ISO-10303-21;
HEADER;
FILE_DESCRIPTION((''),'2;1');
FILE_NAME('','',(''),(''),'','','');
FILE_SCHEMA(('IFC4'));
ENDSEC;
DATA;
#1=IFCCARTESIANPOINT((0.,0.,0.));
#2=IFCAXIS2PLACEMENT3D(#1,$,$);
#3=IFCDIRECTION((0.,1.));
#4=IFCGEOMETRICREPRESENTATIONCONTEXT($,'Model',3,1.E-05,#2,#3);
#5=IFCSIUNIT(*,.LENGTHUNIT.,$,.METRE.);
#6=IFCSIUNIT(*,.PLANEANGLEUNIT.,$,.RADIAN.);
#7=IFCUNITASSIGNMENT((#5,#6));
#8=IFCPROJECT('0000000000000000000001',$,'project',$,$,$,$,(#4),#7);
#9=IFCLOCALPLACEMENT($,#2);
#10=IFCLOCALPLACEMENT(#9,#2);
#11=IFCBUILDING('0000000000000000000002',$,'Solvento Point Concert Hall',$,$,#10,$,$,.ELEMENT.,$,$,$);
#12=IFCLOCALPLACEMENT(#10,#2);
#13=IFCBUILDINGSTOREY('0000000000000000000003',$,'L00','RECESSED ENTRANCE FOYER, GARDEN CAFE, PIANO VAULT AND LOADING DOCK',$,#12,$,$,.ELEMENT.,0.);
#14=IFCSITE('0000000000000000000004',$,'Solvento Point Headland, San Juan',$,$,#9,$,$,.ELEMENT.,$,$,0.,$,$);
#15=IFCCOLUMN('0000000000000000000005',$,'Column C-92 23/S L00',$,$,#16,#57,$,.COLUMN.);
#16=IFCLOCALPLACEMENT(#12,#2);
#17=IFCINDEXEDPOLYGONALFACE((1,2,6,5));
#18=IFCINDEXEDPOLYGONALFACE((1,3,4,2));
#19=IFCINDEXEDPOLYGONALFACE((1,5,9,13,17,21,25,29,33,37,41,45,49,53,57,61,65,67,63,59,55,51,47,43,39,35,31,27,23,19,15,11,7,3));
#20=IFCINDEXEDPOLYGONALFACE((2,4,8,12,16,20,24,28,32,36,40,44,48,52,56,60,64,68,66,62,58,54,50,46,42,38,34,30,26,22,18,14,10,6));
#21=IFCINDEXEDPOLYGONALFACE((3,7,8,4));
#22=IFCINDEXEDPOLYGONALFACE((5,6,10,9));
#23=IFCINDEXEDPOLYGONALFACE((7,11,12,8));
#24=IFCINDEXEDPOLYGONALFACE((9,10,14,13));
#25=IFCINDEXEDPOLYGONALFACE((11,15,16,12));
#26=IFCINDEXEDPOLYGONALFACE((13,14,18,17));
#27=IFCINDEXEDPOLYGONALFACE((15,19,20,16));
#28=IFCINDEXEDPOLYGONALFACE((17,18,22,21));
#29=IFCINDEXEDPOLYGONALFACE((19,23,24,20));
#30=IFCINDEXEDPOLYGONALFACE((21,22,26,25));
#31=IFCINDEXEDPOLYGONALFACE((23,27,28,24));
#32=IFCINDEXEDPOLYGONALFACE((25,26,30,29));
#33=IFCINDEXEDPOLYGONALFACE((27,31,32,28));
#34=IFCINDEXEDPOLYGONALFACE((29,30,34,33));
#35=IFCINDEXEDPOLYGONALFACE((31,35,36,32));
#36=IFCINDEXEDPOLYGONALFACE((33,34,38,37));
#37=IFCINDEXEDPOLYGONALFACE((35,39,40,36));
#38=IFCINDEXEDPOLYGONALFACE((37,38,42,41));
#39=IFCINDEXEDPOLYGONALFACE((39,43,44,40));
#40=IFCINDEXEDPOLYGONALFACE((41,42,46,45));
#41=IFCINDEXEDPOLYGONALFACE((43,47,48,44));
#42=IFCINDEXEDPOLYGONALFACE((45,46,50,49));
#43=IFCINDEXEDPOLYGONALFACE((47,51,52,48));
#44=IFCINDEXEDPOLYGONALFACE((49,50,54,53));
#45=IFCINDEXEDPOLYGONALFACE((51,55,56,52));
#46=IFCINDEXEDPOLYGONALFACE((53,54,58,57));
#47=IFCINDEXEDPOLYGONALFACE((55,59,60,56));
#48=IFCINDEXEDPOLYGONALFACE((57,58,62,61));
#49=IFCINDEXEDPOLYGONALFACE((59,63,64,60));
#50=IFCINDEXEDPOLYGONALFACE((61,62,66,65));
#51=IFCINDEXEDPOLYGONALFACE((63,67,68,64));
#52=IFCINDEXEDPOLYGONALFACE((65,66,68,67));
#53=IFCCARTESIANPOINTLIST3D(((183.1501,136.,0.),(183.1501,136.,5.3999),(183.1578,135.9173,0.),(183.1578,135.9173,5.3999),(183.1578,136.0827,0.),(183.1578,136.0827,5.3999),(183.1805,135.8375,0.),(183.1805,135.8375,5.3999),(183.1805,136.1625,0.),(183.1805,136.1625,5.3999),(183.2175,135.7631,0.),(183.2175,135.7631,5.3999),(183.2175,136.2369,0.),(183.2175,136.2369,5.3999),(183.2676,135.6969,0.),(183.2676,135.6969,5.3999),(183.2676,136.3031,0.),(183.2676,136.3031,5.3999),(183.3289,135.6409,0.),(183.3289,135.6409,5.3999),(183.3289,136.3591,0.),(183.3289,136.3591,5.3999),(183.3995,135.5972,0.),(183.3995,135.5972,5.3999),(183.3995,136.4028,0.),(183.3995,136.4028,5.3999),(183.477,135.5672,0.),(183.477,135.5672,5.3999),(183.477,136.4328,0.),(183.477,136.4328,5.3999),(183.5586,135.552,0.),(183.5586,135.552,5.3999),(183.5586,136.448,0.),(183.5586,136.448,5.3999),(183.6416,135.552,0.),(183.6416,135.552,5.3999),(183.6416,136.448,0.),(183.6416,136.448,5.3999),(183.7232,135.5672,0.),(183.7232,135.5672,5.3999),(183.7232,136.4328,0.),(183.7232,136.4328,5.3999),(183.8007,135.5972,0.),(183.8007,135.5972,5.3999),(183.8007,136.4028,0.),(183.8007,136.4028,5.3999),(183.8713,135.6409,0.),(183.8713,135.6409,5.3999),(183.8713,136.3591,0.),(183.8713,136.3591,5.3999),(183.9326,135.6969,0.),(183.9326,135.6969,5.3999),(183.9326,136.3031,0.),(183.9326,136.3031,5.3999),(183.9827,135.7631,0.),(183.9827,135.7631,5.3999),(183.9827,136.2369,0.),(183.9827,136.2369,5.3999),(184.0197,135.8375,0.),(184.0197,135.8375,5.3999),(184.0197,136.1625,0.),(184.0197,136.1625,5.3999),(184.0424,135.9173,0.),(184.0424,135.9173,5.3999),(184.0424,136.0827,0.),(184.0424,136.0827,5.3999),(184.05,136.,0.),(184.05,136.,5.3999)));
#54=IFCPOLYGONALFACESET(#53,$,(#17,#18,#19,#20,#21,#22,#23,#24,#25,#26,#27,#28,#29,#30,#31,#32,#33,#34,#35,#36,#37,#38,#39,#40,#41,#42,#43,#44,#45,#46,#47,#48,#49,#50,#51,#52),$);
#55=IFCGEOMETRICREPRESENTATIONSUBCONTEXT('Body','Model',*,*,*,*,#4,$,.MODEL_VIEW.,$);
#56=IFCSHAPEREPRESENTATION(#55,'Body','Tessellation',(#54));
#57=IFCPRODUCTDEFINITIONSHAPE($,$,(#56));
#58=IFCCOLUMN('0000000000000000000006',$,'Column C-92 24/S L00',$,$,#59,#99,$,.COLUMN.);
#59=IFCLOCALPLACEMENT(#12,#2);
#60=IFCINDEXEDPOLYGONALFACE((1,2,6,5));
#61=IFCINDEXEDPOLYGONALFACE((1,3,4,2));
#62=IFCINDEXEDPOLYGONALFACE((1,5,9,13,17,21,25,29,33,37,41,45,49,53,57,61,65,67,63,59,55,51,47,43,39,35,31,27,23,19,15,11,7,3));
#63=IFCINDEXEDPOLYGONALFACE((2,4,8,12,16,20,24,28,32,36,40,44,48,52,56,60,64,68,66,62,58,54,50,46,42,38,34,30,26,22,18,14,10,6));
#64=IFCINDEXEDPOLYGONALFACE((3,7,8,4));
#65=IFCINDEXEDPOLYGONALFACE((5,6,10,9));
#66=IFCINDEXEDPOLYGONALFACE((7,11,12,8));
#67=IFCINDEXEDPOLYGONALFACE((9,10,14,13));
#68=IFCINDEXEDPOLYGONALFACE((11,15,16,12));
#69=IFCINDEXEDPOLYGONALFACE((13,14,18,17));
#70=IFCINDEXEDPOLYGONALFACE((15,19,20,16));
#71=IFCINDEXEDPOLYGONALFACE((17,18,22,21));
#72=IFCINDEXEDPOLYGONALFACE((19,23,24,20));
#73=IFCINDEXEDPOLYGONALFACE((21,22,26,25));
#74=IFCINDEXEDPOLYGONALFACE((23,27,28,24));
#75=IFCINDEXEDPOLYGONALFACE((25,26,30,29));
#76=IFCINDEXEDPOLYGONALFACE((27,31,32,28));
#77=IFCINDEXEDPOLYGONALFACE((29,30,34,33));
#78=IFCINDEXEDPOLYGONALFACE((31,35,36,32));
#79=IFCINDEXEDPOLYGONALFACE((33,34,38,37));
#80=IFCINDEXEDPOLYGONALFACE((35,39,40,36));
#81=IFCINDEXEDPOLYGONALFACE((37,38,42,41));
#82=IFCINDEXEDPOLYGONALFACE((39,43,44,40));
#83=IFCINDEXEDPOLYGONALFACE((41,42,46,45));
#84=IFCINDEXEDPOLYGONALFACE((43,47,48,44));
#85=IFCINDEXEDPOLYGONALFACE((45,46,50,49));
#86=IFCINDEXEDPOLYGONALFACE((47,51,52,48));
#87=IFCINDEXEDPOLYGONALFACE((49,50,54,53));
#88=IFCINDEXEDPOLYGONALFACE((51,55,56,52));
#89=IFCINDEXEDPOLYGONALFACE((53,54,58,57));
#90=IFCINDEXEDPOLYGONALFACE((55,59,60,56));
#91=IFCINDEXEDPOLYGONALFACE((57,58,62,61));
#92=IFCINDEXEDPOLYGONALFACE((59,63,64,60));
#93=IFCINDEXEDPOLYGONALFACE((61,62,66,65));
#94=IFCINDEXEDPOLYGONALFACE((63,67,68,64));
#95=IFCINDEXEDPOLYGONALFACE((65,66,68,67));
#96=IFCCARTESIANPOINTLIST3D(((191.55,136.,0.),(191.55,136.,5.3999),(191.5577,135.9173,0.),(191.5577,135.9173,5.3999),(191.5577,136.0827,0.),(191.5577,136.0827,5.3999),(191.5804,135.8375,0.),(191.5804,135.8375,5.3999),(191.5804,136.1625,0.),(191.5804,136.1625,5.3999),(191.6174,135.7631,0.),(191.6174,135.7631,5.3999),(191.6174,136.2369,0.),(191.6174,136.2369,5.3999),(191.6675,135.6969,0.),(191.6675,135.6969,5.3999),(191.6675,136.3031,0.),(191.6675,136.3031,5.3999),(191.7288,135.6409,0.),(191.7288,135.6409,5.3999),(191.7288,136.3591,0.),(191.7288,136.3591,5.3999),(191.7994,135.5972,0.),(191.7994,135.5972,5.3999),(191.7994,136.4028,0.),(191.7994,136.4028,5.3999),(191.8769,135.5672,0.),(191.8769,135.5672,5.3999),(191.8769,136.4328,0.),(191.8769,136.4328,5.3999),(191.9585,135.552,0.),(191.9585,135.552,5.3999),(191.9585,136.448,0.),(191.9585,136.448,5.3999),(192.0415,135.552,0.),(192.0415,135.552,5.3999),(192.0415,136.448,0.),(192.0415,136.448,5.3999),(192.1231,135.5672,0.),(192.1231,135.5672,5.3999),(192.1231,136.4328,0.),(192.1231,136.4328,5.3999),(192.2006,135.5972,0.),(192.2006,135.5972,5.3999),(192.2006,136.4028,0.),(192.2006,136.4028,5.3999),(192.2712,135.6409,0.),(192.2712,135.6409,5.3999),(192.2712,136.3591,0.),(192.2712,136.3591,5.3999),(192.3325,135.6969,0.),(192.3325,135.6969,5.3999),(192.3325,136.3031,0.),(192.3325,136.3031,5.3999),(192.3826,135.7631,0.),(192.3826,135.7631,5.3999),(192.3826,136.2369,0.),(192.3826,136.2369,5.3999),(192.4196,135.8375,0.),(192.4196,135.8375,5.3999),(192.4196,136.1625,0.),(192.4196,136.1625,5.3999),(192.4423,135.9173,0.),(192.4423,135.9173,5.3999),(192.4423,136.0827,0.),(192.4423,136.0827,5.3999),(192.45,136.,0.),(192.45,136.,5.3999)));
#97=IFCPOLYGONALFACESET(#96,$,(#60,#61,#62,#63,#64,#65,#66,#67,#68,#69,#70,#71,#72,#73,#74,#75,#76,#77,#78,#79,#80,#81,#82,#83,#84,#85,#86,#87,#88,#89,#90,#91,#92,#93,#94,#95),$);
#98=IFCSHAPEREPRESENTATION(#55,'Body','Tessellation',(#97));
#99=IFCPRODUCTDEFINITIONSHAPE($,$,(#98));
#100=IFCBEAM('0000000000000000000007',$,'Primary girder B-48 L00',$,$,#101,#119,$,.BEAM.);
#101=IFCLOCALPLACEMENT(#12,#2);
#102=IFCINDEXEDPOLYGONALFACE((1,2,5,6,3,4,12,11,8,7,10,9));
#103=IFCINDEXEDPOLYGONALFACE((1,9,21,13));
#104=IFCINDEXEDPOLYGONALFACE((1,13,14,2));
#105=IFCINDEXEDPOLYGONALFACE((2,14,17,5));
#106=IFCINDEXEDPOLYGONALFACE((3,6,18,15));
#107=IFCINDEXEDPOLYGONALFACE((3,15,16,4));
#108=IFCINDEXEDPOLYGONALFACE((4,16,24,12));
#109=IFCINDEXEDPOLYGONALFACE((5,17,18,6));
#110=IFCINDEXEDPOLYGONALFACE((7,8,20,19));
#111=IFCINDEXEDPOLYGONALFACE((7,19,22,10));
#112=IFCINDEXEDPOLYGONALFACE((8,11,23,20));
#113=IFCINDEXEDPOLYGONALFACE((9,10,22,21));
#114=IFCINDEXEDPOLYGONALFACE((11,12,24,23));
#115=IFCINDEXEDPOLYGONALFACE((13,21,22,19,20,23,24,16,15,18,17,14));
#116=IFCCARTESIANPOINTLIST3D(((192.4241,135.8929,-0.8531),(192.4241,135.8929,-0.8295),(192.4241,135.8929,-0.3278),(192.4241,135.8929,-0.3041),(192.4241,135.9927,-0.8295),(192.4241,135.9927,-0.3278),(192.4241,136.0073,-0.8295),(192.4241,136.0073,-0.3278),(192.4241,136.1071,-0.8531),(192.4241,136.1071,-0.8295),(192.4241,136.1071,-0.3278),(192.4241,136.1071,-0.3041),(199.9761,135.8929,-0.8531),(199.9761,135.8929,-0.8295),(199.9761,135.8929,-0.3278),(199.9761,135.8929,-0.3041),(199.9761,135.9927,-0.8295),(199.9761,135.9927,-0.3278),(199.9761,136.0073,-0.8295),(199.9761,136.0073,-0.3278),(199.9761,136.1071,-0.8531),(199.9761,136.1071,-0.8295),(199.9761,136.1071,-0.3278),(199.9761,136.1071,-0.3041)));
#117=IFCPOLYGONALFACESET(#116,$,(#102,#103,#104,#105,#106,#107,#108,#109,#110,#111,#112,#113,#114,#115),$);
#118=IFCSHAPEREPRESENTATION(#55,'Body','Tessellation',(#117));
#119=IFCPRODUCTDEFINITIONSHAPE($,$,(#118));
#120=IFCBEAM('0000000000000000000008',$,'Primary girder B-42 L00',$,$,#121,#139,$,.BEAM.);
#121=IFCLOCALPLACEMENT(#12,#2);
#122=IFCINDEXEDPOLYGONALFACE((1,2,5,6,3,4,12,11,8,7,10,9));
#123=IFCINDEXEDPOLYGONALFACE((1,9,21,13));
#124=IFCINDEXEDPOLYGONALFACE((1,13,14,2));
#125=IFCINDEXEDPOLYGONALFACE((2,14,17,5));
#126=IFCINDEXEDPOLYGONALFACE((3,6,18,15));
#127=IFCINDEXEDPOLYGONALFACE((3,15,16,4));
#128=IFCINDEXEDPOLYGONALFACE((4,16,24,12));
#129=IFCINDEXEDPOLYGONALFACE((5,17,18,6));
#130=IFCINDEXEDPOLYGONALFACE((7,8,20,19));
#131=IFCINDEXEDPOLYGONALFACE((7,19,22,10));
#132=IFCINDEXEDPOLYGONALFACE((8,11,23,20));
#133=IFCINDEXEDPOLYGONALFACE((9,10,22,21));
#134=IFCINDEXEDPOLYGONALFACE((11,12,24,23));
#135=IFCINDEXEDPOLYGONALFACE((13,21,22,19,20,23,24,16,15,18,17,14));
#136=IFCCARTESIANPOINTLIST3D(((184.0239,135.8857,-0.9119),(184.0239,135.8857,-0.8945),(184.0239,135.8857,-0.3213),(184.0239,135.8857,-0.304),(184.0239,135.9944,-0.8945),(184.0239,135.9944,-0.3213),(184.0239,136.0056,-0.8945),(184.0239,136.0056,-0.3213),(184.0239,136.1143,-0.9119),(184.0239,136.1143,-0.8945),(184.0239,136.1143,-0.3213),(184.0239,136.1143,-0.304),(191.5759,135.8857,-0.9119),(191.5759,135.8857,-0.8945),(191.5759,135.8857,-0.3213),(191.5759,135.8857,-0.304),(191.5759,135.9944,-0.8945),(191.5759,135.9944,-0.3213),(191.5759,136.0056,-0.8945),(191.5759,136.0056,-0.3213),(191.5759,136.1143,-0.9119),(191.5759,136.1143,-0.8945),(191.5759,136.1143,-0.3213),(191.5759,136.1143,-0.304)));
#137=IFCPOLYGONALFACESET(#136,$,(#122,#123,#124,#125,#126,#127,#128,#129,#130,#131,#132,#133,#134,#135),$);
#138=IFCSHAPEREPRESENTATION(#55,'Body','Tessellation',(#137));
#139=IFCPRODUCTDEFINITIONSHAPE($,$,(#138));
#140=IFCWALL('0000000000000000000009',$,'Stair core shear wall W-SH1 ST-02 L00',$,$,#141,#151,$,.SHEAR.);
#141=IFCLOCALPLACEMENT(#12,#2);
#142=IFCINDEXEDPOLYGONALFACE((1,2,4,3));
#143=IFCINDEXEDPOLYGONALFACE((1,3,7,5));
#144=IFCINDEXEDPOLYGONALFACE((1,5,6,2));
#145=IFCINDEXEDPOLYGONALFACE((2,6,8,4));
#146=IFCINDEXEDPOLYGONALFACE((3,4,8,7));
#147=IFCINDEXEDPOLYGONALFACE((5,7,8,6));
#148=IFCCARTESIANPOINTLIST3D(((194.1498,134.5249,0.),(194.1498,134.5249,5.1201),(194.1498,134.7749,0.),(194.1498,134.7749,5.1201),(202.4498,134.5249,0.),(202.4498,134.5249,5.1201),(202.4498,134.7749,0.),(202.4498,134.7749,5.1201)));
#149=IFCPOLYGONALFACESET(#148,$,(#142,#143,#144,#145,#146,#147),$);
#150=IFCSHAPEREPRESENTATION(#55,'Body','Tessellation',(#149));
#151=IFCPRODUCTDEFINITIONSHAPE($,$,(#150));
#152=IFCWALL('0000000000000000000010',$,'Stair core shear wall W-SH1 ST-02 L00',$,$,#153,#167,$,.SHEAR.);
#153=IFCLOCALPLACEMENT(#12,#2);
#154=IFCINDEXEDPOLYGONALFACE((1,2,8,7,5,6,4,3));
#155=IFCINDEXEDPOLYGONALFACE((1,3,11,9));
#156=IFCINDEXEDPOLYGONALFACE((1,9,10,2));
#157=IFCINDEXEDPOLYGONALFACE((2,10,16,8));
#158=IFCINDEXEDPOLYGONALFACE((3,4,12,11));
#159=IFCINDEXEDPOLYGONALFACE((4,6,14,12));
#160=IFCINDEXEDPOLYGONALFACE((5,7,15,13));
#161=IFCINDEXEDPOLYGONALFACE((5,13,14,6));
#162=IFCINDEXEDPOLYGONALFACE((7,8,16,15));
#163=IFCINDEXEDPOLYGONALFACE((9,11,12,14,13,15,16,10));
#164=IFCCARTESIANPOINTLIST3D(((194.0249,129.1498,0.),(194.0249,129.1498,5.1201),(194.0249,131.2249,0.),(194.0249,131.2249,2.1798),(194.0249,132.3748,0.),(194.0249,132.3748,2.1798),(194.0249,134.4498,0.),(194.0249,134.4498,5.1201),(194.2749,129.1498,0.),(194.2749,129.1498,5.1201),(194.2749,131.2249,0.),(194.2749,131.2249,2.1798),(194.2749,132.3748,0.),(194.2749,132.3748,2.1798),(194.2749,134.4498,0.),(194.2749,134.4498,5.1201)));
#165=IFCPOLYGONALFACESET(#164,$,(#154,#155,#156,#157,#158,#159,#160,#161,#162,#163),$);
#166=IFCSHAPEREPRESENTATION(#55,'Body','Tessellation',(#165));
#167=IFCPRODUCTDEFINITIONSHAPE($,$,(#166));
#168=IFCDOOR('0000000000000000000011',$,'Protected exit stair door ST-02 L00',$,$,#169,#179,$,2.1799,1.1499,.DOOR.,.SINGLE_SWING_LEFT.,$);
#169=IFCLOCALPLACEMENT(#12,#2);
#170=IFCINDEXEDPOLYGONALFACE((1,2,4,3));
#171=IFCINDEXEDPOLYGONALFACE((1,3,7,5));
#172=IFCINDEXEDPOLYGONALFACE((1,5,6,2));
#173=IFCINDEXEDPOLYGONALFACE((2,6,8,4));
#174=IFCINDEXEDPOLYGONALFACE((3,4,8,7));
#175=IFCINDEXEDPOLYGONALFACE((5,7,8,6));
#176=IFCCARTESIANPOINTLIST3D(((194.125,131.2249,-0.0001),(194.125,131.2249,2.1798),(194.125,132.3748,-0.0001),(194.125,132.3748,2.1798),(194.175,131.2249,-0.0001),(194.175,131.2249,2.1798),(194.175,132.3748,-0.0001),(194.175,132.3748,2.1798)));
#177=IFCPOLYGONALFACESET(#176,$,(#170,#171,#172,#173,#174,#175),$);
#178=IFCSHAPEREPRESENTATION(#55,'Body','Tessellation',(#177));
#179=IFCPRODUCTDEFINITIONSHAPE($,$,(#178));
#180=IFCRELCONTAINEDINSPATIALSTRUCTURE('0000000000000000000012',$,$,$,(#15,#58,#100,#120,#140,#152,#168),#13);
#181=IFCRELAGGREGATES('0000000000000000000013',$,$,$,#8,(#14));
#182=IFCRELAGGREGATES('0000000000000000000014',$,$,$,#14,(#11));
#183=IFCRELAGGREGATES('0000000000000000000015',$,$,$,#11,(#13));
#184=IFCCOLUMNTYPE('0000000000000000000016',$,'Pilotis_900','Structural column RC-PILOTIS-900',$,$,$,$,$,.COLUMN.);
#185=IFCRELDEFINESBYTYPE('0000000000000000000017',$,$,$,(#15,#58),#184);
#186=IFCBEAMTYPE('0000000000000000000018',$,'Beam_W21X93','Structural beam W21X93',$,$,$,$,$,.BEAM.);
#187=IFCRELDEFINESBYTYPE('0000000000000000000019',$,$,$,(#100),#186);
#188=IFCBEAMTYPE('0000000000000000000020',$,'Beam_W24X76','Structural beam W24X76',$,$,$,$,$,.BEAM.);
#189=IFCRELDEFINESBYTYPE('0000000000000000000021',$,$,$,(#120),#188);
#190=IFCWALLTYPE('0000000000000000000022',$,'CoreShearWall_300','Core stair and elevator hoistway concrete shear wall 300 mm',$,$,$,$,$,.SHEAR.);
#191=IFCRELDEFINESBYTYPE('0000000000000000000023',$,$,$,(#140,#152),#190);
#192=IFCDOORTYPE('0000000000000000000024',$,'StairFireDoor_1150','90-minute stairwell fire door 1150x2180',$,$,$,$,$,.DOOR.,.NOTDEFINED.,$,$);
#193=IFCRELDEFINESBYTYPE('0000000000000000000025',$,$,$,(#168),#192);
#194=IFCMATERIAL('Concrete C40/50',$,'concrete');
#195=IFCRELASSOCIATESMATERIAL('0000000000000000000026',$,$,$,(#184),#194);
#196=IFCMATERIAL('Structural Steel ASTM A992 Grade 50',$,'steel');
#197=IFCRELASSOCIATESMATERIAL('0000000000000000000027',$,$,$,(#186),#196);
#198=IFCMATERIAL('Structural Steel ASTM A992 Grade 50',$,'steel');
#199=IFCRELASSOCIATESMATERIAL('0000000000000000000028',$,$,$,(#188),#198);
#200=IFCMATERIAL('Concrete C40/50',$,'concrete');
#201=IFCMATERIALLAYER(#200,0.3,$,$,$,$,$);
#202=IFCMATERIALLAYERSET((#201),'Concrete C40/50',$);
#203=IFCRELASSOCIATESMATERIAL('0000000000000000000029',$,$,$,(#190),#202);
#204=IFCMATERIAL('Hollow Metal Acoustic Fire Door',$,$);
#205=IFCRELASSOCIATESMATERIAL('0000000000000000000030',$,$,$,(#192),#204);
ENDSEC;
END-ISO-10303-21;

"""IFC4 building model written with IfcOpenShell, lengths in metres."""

from ifc_helpers import new_model, si_unit, direction, frame, frame_2d, origin, origin_2d, place, context, subcontext, project, spatial, rectangle, circle, i_section, extrude, material, layer, layer_set, material_profile, profile_set, type_object, element, fill, save


model = new_model("IFC4")

# Units and contexts
model_context = context("Model", 3, precision=1e-05, world=origin(), true_north=direction((0.0, 1.0)))
body_context = subcontext(model_context, "Body", "Model", "MODEL_VIEW")
ifc_project = project(units=[si_unit("LENGTHUNIT", "METRE"), si_unit("PLANEANGLEUNIT", "RADIAN")], contexts=[model_context])

# Site, building, storey
site_placement = place(None, origin())
site = spatial("IfcSite", under=ifc_project, at=site_placement, Name="Solvento Point Headland, San Juan", CompositionType="ELEMENT", RefElevation=0.0)
building_placement = place(site_placement, origin())
building = spatial("IfcBuilding", under=site, at=building_placement, Name="Solvento Point Concert Hall", CompositionType="ELEMENT")
storey_placement = place(building_placement, origin())
storey = spatial("IfcBuildingStorey", under=building, at=storey_placement, Name="L00", Description="RECESSED ENTRANCE FOYER, GARDEN CAFE, PIANO VAULT AND LOADING DOCK", CompositionType="ELEMENT", Elevation=0.0)

# Columns
ifc_material_1 = material(Name="Concrete C40/50", Category="concrete")
ifc_material_profile_1 = material_profile(ifc_material_1, circle(Radius=0.45, at=origin_2d()), Name="RC-PILOTIS-900")
ifc_profile_set_1 = profile_set([ifc_material_profile_1], Name="Concrete C40/50")
column_type = type_object("IfcColumnType", Name="Pilotis_900", Description="Structural column RC-PILOTIS-900", PredefinedType="COLUMN", material=ifc_profile_set_1)
for number, where, z_axis, x_axis, name in (
    (1, (183.6001, 136.0, 0.0), (0.0, 0.0, 1.0), (1.0, 0.0, 0.0), "Column C-92 23/S L00"),
    (2, (192.0, 136.0, 0.0), (0.0, 0.0, 1.0), (1.0, 0.0, 0.0), "Column C-92 24/S L00"),
):
    element("IfcColumn", number, at=place(storey_placement, frame(where, z_axis=z_axis, x_axis=x_axis)), inside=storey, type_object=column_type, Name=name, PredefinedType="COLUMN", context=body_context, shape_type="SweptSolid", body=[
        extrude(circle(Radius=0.45, at=origin_2d()), origin(), (0.0, 0.0, 1.0), 5.3999),
    ])

# Beams
ifc_material_2 = material(Name="Structural Steel ASTM A992 Grade 50", Category="steel")
ifc_material_profile_2 = material_profile(ifc_material_2, i_section(OverallWidth=0.2141, OverallDepth=0.5491, WebThickness=0.0146, FlangeThickness=0.0237, at=origin_2d()), Name="W21X93")
ifc_profile_set_2 = profile_set([ifc_material_profile_2], Name="Structural Steel ASTM A992 Grade 50")
beam_type_1 = type_object("IfcBeamType", Name="Beam_W21X93", Description="Structural beam W21X93", PredefinedType="BEAM", material=ifc_profile_set_2)
beam_1_placement = place(storey_placement, frame((192.4241, 136.0, -0.5786), z_axis=(1.0, 0.0, 0.0), x_axis=(0.0, 1.0, 0.0)))
element("IfcBeam", 3, at=beam_1_placement, inside=storey, type_object=beam_type_1, Name="Primary girder B-48 L00", PredefinedType="BEAM", context=body_context, shape_type="SweptSolid", body=[
    extrude(i_section(OverallWidth=0.2141, OverallDepth=0.5491, WebThickness=0.0146, FlangeThickness=0.0237, at=origin_2d()), origin(), (0.0, 0.0, 1.0), 7.552),
])
ifc_material_3 = material(Name="Structural Steel ASTM A992 Grade 50", Category="steel")
ifc_material_profile_3 = material_profile(ifc_material_3, i_section(OverallWidth=0.2285, OverallDepth=0.6079, WebThickness=0.0112, FlangeThickness=0.0173, at=origin_2d()), Name="W24X76")
ifc_profile_set_3 = profile_set([ifc_material_profile_3], Name="Structural Steel ASTM A992 Grade 50")
beam_type_2 = type_object("IfcBeamType", Name="Beam_W24X76", Description="Structural beam W24X76", PredefinedType="BEAM", material=ifc_profile_set_3)
beam_2_placement = place(storey_placement, frame((184.0239, 136.0, -0.6079), z_axis=(1.0, 0.0, 0.0), x_axis=(0.0, 1.0, 0.0)))
element("IfcBeam", 4, at=beam_2_placement, inside=storey, type_object=beam_type_2, Name="Primary girder B-42 L00", PredefinedType="BEAM", context=body_context, shape_type="SweptSolid", body=[
    extrude(i_section(OverallWidth=0.2285, OverallDepth=0.6079, WebThickness=0.0112, FlangeThickness=0.0173, at=origin_2d()), origin(), (0.0, 0.0, 1.0), 7.552),
])

# Wall
ifc_material_4 = material(Name="Concrete C40/50", Category="concrete")
ifc_layer_1 = layer(ifc_material_4, 0.3)
ifc_layer_set_1 = layer_set([ifc_layer_1], Name="Concrete C40/50")
wall_type_1 = type_object("IfcWallType", Name="CoreShearWall_300", Description="Core stair and elevator hoistway concrete shear wall 300 mm", PredefinedType="SHEAR", material=ifc_layer_set_1)
wall_1_placement = place(storey_placement, frame((194.1499, 134.6499, 0.0), z_axis=(0.0, 0.0, 1.0), x_axis=(1.0, 0.0, 0.0)))
element("IfcWall", 5, at=wall_1_placement, inside=storey, type_object=wall_type_1, Name="Stair core shear wall W-SH1 ST-02 L00", PredefinedType="SHEAR", context=body_context, shape_type="SweptSolid", body=[
    extrude(rectangle(XDim=8.3, YDim=0.25, at=frame_2d((4.1499, 0.0))), origin(), (0.0, 0.0, 1.0), 5.1201),
])

# Wall, opening, door
wall_2_placement = place(storey_placement, frame((194.1499, 129.1499, 0.0), z_axis=(0.0, 0.0, 1.0), x_axis=(0.0, 1.0, 0.0)))
wall_2 = element("IfcWall", 6, at=wall_2_placement, inside=storey, type_object=wall_type_1, Name="Stair core shear wall W-SH1 ST-02 L00", PredefinedType="SHEAR", context=body_context, shape_type="SweptSolid", body=[
    extrude(rectangle(XDim=5.3, YDim=0.25, at=frame_2d((2.6499, 0.0))), origin(), (0.0, 0.0, 1.0), 5.1201),
])
opening_1_placement = place(wall_2_placement, frame((2.075, 0.0, 0.0)))
opening_1 = element("IfcOpeningElement", 7, at=opening_1_placement, cuts=wall_2, PredefinedType="OPENING", context=body_context, shape_type="SweptSolid", body=[
    extrude(rectangle(XDim=1.1499, YDim=2.1799, at=frame_2d((0.575, 1.0898))), frame((0.0, 0.135, 0.0), z_axis=(0.0, -1.0, 0.0), x_axis=(1.0, 0.0, 0.0)), (0.0, 0.0, 1.0), 0.27),
])
ifc_material_5 = material(Name="Hollow Metal Acoustic Fire Door")
door_type_1 = type_object("IfcDoorType", Name="StairFireDoor_1150", Description="90-minute stairwell fire door 1150x2180", OperationType="NOTDEFINED", PredefinedType="DOOR", material=ifc_material_5)
door_1_placement = place(opening_1_placement, origin())
door_1 = element("IfcDoor", 8, at=door_1_placement, inside=storey, type_object=door_type_1, Name="Protected exit stair door ST-02 L00", OperationType="SINGLE_SWING_LEFT", OverallHeight=2.1799, OverallWidth=1.1499, PredefinedType="DOOR", context=body_context, shape_type="SweptSolid", body=[
    extrude(rectangle(XDim=1.1499, YDim=2.1799, at=frame_2d((0.575, 1.0898))), frame((0.0, 0.0249, 0.0), z_axis=(0.0, -1.0, 0.0), x_axis=(1.0, 0.0, 0.0)), (0.0, 0.0, 1.0), 0.05),
])
fill(opening_1, door_1)

save(model, "model.ifc")
